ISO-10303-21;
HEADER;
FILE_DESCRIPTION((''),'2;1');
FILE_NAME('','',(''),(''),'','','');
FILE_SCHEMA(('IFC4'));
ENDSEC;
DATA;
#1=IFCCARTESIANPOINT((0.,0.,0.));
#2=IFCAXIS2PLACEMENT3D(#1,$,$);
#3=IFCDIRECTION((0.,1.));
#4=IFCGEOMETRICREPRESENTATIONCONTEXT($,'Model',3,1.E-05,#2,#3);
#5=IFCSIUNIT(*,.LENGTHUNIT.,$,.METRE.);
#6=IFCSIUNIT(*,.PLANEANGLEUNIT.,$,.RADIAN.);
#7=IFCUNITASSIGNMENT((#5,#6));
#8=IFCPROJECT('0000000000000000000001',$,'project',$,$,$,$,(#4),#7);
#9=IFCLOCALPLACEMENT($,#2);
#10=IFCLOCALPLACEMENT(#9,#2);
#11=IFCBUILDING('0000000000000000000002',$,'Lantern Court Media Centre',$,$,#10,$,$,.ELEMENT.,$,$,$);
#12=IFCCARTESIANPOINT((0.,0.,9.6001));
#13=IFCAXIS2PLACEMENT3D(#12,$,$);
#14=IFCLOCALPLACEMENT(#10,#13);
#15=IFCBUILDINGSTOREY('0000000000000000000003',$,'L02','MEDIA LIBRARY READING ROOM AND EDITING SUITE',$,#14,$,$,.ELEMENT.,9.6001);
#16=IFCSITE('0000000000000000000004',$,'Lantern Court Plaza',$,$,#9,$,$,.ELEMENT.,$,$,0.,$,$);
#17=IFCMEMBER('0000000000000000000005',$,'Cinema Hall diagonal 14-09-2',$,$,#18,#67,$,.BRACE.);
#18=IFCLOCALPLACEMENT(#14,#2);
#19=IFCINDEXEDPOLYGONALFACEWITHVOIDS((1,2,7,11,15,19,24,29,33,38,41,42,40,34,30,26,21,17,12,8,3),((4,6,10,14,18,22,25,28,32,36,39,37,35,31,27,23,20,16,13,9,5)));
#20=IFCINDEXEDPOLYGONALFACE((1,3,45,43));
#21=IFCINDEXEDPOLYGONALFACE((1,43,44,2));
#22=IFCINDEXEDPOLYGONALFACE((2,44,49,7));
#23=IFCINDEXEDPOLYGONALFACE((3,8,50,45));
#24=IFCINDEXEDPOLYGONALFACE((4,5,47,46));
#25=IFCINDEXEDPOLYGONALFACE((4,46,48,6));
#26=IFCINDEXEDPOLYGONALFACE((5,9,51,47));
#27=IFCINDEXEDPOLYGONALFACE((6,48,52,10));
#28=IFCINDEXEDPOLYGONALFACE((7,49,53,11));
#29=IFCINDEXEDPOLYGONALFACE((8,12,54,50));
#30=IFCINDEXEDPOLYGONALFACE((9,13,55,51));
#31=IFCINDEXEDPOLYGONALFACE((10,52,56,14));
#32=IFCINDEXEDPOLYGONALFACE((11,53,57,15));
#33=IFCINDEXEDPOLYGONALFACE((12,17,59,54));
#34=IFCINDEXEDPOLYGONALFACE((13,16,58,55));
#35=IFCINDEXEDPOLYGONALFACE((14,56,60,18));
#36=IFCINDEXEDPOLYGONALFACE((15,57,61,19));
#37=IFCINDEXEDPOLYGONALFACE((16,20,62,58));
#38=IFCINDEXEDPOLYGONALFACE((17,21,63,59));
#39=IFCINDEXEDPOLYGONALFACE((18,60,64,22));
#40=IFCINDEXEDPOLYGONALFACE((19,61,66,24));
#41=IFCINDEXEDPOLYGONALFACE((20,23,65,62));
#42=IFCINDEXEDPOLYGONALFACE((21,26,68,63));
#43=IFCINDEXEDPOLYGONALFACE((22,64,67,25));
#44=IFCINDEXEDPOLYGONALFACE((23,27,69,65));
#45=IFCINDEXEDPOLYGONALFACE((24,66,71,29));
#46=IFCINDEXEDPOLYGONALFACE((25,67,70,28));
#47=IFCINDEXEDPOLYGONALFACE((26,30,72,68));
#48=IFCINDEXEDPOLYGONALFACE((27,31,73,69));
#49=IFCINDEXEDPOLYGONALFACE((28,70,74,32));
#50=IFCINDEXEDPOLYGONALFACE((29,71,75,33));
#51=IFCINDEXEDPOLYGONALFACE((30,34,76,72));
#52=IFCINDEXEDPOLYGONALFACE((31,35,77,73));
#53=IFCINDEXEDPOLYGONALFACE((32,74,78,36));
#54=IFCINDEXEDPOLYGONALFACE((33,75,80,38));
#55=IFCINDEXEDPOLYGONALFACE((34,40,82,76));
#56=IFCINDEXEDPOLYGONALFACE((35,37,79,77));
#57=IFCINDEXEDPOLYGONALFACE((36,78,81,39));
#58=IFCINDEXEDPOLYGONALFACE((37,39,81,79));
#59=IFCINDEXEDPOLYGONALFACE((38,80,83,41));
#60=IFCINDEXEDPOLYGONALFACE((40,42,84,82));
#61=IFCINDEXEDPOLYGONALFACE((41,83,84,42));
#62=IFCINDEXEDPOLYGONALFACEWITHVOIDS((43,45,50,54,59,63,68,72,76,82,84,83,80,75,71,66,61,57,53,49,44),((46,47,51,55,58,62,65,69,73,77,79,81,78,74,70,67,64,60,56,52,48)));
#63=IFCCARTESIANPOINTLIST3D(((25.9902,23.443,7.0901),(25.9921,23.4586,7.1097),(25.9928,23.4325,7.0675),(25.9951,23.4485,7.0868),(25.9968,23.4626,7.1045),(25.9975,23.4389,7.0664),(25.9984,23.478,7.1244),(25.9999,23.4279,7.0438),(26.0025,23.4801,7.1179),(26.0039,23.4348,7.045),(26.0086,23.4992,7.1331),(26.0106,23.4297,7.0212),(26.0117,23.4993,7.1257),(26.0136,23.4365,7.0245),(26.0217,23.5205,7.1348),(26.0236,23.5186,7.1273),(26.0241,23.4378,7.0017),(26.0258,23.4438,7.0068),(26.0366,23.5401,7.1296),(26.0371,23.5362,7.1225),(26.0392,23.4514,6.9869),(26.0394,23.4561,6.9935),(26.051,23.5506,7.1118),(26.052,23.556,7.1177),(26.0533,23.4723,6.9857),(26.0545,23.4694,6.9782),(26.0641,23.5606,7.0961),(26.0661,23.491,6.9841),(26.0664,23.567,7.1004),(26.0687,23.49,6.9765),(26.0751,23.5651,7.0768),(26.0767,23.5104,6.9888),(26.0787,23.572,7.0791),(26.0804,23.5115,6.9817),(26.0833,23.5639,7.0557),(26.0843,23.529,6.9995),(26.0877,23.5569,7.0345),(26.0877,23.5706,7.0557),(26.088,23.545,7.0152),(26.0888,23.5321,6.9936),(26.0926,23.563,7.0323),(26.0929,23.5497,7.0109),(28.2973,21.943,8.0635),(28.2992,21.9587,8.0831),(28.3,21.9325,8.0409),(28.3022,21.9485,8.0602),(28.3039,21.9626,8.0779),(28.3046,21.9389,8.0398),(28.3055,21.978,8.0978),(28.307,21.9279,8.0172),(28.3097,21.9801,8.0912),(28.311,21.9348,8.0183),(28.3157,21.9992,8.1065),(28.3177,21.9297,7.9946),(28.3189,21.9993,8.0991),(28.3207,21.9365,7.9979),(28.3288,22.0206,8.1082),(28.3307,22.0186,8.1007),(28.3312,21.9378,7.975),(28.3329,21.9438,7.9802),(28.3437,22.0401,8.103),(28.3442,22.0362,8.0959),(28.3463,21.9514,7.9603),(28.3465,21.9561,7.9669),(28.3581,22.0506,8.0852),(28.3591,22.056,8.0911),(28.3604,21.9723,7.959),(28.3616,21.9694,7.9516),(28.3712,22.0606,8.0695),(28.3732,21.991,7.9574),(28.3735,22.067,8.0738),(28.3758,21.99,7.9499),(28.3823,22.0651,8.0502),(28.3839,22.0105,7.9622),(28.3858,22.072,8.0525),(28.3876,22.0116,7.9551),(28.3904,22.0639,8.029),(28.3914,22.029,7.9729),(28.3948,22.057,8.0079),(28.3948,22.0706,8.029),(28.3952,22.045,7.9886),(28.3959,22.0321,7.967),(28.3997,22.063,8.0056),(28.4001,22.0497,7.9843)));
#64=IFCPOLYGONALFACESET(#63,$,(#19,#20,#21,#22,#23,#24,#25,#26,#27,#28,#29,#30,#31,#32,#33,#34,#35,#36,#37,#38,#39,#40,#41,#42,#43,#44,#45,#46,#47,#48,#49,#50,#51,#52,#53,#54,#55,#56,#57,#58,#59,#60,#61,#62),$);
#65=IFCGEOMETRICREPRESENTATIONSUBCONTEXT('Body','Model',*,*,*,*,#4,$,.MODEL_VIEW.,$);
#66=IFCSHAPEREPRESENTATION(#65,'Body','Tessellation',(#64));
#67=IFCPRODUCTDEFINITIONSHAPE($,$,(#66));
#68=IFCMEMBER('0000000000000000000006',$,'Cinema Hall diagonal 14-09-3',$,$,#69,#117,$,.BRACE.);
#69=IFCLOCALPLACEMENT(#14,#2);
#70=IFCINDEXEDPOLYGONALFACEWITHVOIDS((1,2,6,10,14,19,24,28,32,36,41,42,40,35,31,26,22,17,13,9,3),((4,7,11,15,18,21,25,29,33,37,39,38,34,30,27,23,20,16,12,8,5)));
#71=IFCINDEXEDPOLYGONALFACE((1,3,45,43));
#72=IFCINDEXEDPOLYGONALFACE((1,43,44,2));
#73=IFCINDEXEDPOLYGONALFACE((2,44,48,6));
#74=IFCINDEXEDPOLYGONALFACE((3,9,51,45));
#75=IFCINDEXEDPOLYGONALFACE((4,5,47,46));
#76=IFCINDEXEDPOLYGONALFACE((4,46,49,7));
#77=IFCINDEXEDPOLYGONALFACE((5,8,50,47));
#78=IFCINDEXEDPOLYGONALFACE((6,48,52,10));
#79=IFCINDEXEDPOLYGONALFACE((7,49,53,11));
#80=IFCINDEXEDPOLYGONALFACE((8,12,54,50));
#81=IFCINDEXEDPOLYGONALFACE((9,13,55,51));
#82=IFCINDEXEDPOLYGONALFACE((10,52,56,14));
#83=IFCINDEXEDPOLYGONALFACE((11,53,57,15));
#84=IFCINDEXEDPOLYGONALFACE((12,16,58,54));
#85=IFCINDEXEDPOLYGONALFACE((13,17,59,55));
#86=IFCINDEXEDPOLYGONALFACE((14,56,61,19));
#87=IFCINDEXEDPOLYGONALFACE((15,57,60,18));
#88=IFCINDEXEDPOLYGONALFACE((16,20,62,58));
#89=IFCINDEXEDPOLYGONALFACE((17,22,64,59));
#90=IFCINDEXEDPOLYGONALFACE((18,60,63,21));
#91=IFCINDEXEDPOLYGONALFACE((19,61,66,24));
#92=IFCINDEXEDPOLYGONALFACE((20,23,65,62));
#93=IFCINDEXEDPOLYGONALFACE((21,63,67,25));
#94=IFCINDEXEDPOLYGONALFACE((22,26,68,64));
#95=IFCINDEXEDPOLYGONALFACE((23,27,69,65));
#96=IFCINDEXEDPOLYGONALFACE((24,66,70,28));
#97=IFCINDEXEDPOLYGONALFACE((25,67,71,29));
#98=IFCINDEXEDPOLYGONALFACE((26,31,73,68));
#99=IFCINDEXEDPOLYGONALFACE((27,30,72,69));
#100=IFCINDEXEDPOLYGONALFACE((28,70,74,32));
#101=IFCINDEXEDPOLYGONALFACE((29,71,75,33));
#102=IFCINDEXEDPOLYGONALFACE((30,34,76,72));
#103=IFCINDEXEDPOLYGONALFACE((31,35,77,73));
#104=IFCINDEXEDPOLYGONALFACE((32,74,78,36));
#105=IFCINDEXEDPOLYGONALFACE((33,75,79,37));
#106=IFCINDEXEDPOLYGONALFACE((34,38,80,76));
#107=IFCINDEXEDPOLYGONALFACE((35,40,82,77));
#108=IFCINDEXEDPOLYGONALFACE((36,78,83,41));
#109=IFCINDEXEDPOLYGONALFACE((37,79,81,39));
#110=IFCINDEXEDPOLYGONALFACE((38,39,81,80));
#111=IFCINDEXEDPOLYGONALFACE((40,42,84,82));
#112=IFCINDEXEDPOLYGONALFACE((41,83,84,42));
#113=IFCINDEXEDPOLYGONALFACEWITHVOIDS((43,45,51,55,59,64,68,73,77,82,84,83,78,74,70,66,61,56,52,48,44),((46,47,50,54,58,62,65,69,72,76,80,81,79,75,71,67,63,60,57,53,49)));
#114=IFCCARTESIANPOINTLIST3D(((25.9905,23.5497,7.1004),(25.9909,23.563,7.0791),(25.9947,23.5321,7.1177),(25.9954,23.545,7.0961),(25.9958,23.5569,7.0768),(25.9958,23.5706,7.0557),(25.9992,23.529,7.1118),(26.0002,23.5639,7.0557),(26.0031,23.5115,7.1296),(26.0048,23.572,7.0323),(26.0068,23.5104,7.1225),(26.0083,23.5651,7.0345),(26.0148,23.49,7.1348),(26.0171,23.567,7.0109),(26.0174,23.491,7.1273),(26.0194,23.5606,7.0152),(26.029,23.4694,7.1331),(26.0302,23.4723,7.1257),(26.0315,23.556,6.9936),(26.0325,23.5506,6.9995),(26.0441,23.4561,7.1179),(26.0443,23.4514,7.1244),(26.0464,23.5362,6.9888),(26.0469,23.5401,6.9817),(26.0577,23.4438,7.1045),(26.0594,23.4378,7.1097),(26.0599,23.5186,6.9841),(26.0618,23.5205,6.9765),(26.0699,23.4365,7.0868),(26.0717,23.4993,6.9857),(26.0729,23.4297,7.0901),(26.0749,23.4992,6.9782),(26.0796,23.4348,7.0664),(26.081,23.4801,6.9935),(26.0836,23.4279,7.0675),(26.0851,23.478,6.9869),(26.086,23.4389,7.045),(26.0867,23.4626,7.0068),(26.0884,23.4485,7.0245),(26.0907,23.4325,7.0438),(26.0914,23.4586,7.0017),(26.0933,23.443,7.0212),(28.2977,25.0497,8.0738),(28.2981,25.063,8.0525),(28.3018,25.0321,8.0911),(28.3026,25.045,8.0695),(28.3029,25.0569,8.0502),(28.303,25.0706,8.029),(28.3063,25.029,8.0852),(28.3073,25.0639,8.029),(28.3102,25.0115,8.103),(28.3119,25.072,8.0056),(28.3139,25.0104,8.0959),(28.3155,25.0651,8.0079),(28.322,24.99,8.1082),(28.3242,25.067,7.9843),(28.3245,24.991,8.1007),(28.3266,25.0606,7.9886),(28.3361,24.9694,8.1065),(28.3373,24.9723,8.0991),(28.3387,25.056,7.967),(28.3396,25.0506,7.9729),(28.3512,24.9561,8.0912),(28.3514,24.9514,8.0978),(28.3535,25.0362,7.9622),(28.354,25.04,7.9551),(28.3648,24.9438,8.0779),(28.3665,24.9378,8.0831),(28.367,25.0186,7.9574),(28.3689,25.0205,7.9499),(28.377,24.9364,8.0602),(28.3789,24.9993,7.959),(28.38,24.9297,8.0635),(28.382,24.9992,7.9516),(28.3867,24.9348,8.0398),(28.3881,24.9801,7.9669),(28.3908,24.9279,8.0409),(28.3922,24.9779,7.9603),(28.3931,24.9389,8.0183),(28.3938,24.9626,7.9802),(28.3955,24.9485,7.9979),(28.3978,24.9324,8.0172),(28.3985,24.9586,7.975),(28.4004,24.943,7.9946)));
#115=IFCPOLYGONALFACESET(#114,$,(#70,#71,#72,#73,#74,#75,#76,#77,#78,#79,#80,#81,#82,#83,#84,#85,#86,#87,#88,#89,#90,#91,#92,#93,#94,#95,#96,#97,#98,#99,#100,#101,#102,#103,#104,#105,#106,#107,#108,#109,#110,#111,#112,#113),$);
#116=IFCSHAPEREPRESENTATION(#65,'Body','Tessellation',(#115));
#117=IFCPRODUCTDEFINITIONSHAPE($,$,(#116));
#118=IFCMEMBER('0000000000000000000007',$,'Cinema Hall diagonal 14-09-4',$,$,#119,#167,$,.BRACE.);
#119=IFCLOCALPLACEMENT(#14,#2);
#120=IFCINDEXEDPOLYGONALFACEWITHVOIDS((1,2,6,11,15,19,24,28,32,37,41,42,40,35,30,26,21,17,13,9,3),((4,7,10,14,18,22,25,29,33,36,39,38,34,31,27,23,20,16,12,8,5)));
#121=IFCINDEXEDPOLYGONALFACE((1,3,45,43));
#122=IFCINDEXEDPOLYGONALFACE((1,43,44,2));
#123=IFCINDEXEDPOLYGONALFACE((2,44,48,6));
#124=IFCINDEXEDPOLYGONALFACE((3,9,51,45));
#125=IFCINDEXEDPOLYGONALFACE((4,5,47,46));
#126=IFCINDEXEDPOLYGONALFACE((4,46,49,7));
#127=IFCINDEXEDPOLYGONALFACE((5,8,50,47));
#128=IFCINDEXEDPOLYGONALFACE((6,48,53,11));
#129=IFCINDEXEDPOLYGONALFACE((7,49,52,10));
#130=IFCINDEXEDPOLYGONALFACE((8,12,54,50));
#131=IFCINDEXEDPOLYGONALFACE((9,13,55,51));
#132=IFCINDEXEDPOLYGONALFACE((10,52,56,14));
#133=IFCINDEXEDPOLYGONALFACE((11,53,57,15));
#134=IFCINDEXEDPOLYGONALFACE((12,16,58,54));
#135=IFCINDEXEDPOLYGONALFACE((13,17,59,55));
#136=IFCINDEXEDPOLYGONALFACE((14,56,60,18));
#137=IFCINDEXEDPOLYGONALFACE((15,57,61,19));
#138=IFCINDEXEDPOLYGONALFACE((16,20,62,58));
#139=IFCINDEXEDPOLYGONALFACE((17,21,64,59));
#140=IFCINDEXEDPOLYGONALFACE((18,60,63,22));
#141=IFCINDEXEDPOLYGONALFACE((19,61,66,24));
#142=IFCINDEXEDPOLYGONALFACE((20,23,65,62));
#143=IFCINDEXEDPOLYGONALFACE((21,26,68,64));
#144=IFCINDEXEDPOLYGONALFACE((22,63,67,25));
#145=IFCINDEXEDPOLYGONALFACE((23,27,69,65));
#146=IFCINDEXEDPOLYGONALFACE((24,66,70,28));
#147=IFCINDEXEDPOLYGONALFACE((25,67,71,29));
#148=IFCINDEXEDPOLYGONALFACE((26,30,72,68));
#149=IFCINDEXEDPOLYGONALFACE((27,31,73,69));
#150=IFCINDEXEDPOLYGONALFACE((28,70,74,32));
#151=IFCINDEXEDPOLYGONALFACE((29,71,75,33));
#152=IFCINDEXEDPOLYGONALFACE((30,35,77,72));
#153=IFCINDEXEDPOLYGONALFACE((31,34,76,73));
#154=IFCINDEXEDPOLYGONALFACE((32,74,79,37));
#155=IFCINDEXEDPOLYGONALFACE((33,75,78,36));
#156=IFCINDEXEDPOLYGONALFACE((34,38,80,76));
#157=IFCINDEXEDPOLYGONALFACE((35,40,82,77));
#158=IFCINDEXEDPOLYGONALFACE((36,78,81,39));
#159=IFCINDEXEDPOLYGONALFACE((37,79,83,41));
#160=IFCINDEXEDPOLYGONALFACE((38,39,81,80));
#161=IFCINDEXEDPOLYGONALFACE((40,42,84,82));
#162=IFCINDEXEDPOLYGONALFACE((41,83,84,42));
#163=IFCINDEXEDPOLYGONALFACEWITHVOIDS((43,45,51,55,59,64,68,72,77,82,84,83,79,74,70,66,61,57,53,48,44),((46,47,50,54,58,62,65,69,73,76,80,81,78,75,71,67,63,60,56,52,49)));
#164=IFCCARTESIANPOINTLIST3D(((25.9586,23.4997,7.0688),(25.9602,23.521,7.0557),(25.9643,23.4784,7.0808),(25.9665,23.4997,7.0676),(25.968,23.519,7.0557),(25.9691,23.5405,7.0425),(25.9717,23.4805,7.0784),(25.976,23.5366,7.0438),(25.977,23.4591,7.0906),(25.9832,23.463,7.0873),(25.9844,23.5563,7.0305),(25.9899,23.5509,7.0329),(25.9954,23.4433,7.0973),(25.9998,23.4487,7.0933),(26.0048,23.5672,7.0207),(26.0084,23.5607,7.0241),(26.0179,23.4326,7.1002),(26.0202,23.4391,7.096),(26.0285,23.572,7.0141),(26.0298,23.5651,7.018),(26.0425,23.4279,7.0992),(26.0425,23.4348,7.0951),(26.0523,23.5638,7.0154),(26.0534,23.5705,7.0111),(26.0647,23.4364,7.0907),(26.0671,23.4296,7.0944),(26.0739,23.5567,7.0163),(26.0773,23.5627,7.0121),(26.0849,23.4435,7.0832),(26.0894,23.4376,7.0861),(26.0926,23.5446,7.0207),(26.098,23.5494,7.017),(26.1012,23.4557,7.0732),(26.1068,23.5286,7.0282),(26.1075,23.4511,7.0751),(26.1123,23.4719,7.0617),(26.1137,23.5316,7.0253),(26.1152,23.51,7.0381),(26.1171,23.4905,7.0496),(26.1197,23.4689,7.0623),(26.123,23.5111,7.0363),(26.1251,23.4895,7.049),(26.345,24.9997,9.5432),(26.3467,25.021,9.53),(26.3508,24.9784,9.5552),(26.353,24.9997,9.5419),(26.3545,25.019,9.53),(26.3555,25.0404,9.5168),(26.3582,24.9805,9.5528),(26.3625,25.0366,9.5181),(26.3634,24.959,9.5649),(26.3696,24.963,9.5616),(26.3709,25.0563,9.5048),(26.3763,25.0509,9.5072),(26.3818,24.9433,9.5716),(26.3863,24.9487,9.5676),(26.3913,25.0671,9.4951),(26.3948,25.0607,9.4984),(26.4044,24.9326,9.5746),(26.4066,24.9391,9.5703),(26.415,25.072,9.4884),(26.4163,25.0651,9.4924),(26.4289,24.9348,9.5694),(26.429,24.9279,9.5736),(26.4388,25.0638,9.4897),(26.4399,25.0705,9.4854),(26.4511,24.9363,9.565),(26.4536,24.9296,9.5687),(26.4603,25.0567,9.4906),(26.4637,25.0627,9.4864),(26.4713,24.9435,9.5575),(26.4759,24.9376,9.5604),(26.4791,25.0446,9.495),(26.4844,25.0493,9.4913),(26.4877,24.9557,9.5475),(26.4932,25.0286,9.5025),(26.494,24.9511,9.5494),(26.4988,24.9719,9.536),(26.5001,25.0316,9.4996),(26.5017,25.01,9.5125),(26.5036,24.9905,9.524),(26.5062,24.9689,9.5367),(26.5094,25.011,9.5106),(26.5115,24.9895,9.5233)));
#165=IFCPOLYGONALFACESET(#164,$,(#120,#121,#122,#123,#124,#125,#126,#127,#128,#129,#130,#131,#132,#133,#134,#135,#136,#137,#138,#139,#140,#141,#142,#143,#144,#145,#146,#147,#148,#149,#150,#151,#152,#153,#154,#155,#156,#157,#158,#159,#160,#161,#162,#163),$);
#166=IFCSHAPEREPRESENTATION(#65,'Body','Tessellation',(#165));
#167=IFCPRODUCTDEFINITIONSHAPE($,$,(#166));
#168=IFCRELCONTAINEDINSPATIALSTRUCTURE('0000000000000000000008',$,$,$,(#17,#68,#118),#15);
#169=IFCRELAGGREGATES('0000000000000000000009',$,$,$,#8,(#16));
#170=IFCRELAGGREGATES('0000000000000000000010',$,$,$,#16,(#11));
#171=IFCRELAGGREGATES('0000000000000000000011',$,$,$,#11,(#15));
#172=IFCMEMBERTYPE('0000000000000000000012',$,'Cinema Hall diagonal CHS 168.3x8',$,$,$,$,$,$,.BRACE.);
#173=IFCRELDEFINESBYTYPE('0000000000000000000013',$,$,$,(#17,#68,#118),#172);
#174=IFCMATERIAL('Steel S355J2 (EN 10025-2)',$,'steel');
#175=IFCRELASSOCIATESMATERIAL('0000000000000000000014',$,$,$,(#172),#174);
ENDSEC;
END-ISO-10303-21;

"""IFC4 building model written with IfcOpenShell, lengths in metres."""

from ifc_helpers import new_model, si_unit, direction, frame, origin, origin_2d, place, context, subcontext, project, spatial, hollow_circle, extrude, material, material_profile, profile_set, type_object, element, save


model = new_model("IFC4")

# Units and contexts
model_context = context("Model", 3, precision=1e-05, world=origin(), true_north=direction((0.0, 1.0)))
body_context = subcontext(model_context, "Body", "Model", "MODEL_VIEW")
ifc_project = project(units=[si_unit("LENGTHUNIT", "METRE"), si_unit("PLANEANGLEUNIT", "RADIAN")], contexts=[model_context])

# Site, building, storey
site_placement = place(None, origin())
site = spatial("IfcSite", under=ifc_project, at=site_placement, Name="Lantern Court Plaza", CompositionType="ELEMENT", RefElevation=0.0)
building_placement = place(site_placement, origin())
building = spatial("IfcBuilding", under=site, at=building_placement, Name="Lantern Court Media Centre", CompositionType="ELEMENT")
storey_placement = place(building_placement, frame((0.0, 0.0, 9.6001)))
storey = spatial("IfcBuildingStorey", under=building, at=storey_placement, Name="L02", Description="MEDIA LIBRARY READING ROOM AND EDITING SUITE", CompositionType="ELEMENT", Elevation=9.6001)

# Members
ifc_material = material(Name="Steel S355J2 (EN 10025-2)", Category="steel")
ifc_material_profile_1 = material_profile(ifc_material, hollow_circle(Radius=0.0842, WallThickness=0.0081, at=origin_2d()), Name="Cinema Hall diagonal CHS 168.3x8")
ifc_profile_set_1 = profile_set([ifc_material_profile_1], Name="Steel S355J2 (EN 10025-2)")
member_type_1 = type_object("IfcMemberType", Name="Cinema Hall diagonal CHS 168.3x8", PredefinedType="BRACE", material=ifc_profile_set_1)
for number, where, z_axis, x_axis, name in (
    (1, (26.0417, 23.5, 7.0557), (0.790394, -0.513882, 0.333471), (0.545082, 0.838383, 0.0), "Cinema Hall diagonal 14-09-2"),
    (2, (26.0417, 23.5, 7.0557), (0.790394, 0.513882, 0.333471), (-0.545082, 0.838383, 0.0), "Cinema Hall diagonal 14-09-3"),
):
    element("IfcMember", number, at=place(storey_placement, frame(where, z_axis=z_axis, x_axis=x_axis)), inside=storey, type_object=member_type_1, Name=name, PredefinedType="BRACE", context=body_context, shape_type="SweptSolid", body=[
        extrude(hollow_circle(Radius=0.0842, WallThickness=0.0081, at=origin_2d()), origin(), (0.0, 0.0, 1.0), 2.9189),
    ])
for number, where, z_axis, x_axis, name in (
    (3, (26.0417, 23.5, 7.0557), (0.13239, 0.513836, 0.847612), (-0.968374, 0.249501, 0.0), "Cinema Hall diagonal 14-09-4"),
):
    element("IfcMember", number, at=place(storey_placement, frame(where, z_axis=z_axis, x_axis=x_axis)), inside=storey, type_object=member_type_1, Name=name, PredefinedType="BRACE", context=body_context, shape_type="SweptSolid", body=[
        extrude(hollow_circle(Radius=0.0842, WallThickness=0.0081, at=origin_2d()), origin(), (0.0, 0.0, 1.0), 2.9192),
    ])

save(model, "model.ifc")
